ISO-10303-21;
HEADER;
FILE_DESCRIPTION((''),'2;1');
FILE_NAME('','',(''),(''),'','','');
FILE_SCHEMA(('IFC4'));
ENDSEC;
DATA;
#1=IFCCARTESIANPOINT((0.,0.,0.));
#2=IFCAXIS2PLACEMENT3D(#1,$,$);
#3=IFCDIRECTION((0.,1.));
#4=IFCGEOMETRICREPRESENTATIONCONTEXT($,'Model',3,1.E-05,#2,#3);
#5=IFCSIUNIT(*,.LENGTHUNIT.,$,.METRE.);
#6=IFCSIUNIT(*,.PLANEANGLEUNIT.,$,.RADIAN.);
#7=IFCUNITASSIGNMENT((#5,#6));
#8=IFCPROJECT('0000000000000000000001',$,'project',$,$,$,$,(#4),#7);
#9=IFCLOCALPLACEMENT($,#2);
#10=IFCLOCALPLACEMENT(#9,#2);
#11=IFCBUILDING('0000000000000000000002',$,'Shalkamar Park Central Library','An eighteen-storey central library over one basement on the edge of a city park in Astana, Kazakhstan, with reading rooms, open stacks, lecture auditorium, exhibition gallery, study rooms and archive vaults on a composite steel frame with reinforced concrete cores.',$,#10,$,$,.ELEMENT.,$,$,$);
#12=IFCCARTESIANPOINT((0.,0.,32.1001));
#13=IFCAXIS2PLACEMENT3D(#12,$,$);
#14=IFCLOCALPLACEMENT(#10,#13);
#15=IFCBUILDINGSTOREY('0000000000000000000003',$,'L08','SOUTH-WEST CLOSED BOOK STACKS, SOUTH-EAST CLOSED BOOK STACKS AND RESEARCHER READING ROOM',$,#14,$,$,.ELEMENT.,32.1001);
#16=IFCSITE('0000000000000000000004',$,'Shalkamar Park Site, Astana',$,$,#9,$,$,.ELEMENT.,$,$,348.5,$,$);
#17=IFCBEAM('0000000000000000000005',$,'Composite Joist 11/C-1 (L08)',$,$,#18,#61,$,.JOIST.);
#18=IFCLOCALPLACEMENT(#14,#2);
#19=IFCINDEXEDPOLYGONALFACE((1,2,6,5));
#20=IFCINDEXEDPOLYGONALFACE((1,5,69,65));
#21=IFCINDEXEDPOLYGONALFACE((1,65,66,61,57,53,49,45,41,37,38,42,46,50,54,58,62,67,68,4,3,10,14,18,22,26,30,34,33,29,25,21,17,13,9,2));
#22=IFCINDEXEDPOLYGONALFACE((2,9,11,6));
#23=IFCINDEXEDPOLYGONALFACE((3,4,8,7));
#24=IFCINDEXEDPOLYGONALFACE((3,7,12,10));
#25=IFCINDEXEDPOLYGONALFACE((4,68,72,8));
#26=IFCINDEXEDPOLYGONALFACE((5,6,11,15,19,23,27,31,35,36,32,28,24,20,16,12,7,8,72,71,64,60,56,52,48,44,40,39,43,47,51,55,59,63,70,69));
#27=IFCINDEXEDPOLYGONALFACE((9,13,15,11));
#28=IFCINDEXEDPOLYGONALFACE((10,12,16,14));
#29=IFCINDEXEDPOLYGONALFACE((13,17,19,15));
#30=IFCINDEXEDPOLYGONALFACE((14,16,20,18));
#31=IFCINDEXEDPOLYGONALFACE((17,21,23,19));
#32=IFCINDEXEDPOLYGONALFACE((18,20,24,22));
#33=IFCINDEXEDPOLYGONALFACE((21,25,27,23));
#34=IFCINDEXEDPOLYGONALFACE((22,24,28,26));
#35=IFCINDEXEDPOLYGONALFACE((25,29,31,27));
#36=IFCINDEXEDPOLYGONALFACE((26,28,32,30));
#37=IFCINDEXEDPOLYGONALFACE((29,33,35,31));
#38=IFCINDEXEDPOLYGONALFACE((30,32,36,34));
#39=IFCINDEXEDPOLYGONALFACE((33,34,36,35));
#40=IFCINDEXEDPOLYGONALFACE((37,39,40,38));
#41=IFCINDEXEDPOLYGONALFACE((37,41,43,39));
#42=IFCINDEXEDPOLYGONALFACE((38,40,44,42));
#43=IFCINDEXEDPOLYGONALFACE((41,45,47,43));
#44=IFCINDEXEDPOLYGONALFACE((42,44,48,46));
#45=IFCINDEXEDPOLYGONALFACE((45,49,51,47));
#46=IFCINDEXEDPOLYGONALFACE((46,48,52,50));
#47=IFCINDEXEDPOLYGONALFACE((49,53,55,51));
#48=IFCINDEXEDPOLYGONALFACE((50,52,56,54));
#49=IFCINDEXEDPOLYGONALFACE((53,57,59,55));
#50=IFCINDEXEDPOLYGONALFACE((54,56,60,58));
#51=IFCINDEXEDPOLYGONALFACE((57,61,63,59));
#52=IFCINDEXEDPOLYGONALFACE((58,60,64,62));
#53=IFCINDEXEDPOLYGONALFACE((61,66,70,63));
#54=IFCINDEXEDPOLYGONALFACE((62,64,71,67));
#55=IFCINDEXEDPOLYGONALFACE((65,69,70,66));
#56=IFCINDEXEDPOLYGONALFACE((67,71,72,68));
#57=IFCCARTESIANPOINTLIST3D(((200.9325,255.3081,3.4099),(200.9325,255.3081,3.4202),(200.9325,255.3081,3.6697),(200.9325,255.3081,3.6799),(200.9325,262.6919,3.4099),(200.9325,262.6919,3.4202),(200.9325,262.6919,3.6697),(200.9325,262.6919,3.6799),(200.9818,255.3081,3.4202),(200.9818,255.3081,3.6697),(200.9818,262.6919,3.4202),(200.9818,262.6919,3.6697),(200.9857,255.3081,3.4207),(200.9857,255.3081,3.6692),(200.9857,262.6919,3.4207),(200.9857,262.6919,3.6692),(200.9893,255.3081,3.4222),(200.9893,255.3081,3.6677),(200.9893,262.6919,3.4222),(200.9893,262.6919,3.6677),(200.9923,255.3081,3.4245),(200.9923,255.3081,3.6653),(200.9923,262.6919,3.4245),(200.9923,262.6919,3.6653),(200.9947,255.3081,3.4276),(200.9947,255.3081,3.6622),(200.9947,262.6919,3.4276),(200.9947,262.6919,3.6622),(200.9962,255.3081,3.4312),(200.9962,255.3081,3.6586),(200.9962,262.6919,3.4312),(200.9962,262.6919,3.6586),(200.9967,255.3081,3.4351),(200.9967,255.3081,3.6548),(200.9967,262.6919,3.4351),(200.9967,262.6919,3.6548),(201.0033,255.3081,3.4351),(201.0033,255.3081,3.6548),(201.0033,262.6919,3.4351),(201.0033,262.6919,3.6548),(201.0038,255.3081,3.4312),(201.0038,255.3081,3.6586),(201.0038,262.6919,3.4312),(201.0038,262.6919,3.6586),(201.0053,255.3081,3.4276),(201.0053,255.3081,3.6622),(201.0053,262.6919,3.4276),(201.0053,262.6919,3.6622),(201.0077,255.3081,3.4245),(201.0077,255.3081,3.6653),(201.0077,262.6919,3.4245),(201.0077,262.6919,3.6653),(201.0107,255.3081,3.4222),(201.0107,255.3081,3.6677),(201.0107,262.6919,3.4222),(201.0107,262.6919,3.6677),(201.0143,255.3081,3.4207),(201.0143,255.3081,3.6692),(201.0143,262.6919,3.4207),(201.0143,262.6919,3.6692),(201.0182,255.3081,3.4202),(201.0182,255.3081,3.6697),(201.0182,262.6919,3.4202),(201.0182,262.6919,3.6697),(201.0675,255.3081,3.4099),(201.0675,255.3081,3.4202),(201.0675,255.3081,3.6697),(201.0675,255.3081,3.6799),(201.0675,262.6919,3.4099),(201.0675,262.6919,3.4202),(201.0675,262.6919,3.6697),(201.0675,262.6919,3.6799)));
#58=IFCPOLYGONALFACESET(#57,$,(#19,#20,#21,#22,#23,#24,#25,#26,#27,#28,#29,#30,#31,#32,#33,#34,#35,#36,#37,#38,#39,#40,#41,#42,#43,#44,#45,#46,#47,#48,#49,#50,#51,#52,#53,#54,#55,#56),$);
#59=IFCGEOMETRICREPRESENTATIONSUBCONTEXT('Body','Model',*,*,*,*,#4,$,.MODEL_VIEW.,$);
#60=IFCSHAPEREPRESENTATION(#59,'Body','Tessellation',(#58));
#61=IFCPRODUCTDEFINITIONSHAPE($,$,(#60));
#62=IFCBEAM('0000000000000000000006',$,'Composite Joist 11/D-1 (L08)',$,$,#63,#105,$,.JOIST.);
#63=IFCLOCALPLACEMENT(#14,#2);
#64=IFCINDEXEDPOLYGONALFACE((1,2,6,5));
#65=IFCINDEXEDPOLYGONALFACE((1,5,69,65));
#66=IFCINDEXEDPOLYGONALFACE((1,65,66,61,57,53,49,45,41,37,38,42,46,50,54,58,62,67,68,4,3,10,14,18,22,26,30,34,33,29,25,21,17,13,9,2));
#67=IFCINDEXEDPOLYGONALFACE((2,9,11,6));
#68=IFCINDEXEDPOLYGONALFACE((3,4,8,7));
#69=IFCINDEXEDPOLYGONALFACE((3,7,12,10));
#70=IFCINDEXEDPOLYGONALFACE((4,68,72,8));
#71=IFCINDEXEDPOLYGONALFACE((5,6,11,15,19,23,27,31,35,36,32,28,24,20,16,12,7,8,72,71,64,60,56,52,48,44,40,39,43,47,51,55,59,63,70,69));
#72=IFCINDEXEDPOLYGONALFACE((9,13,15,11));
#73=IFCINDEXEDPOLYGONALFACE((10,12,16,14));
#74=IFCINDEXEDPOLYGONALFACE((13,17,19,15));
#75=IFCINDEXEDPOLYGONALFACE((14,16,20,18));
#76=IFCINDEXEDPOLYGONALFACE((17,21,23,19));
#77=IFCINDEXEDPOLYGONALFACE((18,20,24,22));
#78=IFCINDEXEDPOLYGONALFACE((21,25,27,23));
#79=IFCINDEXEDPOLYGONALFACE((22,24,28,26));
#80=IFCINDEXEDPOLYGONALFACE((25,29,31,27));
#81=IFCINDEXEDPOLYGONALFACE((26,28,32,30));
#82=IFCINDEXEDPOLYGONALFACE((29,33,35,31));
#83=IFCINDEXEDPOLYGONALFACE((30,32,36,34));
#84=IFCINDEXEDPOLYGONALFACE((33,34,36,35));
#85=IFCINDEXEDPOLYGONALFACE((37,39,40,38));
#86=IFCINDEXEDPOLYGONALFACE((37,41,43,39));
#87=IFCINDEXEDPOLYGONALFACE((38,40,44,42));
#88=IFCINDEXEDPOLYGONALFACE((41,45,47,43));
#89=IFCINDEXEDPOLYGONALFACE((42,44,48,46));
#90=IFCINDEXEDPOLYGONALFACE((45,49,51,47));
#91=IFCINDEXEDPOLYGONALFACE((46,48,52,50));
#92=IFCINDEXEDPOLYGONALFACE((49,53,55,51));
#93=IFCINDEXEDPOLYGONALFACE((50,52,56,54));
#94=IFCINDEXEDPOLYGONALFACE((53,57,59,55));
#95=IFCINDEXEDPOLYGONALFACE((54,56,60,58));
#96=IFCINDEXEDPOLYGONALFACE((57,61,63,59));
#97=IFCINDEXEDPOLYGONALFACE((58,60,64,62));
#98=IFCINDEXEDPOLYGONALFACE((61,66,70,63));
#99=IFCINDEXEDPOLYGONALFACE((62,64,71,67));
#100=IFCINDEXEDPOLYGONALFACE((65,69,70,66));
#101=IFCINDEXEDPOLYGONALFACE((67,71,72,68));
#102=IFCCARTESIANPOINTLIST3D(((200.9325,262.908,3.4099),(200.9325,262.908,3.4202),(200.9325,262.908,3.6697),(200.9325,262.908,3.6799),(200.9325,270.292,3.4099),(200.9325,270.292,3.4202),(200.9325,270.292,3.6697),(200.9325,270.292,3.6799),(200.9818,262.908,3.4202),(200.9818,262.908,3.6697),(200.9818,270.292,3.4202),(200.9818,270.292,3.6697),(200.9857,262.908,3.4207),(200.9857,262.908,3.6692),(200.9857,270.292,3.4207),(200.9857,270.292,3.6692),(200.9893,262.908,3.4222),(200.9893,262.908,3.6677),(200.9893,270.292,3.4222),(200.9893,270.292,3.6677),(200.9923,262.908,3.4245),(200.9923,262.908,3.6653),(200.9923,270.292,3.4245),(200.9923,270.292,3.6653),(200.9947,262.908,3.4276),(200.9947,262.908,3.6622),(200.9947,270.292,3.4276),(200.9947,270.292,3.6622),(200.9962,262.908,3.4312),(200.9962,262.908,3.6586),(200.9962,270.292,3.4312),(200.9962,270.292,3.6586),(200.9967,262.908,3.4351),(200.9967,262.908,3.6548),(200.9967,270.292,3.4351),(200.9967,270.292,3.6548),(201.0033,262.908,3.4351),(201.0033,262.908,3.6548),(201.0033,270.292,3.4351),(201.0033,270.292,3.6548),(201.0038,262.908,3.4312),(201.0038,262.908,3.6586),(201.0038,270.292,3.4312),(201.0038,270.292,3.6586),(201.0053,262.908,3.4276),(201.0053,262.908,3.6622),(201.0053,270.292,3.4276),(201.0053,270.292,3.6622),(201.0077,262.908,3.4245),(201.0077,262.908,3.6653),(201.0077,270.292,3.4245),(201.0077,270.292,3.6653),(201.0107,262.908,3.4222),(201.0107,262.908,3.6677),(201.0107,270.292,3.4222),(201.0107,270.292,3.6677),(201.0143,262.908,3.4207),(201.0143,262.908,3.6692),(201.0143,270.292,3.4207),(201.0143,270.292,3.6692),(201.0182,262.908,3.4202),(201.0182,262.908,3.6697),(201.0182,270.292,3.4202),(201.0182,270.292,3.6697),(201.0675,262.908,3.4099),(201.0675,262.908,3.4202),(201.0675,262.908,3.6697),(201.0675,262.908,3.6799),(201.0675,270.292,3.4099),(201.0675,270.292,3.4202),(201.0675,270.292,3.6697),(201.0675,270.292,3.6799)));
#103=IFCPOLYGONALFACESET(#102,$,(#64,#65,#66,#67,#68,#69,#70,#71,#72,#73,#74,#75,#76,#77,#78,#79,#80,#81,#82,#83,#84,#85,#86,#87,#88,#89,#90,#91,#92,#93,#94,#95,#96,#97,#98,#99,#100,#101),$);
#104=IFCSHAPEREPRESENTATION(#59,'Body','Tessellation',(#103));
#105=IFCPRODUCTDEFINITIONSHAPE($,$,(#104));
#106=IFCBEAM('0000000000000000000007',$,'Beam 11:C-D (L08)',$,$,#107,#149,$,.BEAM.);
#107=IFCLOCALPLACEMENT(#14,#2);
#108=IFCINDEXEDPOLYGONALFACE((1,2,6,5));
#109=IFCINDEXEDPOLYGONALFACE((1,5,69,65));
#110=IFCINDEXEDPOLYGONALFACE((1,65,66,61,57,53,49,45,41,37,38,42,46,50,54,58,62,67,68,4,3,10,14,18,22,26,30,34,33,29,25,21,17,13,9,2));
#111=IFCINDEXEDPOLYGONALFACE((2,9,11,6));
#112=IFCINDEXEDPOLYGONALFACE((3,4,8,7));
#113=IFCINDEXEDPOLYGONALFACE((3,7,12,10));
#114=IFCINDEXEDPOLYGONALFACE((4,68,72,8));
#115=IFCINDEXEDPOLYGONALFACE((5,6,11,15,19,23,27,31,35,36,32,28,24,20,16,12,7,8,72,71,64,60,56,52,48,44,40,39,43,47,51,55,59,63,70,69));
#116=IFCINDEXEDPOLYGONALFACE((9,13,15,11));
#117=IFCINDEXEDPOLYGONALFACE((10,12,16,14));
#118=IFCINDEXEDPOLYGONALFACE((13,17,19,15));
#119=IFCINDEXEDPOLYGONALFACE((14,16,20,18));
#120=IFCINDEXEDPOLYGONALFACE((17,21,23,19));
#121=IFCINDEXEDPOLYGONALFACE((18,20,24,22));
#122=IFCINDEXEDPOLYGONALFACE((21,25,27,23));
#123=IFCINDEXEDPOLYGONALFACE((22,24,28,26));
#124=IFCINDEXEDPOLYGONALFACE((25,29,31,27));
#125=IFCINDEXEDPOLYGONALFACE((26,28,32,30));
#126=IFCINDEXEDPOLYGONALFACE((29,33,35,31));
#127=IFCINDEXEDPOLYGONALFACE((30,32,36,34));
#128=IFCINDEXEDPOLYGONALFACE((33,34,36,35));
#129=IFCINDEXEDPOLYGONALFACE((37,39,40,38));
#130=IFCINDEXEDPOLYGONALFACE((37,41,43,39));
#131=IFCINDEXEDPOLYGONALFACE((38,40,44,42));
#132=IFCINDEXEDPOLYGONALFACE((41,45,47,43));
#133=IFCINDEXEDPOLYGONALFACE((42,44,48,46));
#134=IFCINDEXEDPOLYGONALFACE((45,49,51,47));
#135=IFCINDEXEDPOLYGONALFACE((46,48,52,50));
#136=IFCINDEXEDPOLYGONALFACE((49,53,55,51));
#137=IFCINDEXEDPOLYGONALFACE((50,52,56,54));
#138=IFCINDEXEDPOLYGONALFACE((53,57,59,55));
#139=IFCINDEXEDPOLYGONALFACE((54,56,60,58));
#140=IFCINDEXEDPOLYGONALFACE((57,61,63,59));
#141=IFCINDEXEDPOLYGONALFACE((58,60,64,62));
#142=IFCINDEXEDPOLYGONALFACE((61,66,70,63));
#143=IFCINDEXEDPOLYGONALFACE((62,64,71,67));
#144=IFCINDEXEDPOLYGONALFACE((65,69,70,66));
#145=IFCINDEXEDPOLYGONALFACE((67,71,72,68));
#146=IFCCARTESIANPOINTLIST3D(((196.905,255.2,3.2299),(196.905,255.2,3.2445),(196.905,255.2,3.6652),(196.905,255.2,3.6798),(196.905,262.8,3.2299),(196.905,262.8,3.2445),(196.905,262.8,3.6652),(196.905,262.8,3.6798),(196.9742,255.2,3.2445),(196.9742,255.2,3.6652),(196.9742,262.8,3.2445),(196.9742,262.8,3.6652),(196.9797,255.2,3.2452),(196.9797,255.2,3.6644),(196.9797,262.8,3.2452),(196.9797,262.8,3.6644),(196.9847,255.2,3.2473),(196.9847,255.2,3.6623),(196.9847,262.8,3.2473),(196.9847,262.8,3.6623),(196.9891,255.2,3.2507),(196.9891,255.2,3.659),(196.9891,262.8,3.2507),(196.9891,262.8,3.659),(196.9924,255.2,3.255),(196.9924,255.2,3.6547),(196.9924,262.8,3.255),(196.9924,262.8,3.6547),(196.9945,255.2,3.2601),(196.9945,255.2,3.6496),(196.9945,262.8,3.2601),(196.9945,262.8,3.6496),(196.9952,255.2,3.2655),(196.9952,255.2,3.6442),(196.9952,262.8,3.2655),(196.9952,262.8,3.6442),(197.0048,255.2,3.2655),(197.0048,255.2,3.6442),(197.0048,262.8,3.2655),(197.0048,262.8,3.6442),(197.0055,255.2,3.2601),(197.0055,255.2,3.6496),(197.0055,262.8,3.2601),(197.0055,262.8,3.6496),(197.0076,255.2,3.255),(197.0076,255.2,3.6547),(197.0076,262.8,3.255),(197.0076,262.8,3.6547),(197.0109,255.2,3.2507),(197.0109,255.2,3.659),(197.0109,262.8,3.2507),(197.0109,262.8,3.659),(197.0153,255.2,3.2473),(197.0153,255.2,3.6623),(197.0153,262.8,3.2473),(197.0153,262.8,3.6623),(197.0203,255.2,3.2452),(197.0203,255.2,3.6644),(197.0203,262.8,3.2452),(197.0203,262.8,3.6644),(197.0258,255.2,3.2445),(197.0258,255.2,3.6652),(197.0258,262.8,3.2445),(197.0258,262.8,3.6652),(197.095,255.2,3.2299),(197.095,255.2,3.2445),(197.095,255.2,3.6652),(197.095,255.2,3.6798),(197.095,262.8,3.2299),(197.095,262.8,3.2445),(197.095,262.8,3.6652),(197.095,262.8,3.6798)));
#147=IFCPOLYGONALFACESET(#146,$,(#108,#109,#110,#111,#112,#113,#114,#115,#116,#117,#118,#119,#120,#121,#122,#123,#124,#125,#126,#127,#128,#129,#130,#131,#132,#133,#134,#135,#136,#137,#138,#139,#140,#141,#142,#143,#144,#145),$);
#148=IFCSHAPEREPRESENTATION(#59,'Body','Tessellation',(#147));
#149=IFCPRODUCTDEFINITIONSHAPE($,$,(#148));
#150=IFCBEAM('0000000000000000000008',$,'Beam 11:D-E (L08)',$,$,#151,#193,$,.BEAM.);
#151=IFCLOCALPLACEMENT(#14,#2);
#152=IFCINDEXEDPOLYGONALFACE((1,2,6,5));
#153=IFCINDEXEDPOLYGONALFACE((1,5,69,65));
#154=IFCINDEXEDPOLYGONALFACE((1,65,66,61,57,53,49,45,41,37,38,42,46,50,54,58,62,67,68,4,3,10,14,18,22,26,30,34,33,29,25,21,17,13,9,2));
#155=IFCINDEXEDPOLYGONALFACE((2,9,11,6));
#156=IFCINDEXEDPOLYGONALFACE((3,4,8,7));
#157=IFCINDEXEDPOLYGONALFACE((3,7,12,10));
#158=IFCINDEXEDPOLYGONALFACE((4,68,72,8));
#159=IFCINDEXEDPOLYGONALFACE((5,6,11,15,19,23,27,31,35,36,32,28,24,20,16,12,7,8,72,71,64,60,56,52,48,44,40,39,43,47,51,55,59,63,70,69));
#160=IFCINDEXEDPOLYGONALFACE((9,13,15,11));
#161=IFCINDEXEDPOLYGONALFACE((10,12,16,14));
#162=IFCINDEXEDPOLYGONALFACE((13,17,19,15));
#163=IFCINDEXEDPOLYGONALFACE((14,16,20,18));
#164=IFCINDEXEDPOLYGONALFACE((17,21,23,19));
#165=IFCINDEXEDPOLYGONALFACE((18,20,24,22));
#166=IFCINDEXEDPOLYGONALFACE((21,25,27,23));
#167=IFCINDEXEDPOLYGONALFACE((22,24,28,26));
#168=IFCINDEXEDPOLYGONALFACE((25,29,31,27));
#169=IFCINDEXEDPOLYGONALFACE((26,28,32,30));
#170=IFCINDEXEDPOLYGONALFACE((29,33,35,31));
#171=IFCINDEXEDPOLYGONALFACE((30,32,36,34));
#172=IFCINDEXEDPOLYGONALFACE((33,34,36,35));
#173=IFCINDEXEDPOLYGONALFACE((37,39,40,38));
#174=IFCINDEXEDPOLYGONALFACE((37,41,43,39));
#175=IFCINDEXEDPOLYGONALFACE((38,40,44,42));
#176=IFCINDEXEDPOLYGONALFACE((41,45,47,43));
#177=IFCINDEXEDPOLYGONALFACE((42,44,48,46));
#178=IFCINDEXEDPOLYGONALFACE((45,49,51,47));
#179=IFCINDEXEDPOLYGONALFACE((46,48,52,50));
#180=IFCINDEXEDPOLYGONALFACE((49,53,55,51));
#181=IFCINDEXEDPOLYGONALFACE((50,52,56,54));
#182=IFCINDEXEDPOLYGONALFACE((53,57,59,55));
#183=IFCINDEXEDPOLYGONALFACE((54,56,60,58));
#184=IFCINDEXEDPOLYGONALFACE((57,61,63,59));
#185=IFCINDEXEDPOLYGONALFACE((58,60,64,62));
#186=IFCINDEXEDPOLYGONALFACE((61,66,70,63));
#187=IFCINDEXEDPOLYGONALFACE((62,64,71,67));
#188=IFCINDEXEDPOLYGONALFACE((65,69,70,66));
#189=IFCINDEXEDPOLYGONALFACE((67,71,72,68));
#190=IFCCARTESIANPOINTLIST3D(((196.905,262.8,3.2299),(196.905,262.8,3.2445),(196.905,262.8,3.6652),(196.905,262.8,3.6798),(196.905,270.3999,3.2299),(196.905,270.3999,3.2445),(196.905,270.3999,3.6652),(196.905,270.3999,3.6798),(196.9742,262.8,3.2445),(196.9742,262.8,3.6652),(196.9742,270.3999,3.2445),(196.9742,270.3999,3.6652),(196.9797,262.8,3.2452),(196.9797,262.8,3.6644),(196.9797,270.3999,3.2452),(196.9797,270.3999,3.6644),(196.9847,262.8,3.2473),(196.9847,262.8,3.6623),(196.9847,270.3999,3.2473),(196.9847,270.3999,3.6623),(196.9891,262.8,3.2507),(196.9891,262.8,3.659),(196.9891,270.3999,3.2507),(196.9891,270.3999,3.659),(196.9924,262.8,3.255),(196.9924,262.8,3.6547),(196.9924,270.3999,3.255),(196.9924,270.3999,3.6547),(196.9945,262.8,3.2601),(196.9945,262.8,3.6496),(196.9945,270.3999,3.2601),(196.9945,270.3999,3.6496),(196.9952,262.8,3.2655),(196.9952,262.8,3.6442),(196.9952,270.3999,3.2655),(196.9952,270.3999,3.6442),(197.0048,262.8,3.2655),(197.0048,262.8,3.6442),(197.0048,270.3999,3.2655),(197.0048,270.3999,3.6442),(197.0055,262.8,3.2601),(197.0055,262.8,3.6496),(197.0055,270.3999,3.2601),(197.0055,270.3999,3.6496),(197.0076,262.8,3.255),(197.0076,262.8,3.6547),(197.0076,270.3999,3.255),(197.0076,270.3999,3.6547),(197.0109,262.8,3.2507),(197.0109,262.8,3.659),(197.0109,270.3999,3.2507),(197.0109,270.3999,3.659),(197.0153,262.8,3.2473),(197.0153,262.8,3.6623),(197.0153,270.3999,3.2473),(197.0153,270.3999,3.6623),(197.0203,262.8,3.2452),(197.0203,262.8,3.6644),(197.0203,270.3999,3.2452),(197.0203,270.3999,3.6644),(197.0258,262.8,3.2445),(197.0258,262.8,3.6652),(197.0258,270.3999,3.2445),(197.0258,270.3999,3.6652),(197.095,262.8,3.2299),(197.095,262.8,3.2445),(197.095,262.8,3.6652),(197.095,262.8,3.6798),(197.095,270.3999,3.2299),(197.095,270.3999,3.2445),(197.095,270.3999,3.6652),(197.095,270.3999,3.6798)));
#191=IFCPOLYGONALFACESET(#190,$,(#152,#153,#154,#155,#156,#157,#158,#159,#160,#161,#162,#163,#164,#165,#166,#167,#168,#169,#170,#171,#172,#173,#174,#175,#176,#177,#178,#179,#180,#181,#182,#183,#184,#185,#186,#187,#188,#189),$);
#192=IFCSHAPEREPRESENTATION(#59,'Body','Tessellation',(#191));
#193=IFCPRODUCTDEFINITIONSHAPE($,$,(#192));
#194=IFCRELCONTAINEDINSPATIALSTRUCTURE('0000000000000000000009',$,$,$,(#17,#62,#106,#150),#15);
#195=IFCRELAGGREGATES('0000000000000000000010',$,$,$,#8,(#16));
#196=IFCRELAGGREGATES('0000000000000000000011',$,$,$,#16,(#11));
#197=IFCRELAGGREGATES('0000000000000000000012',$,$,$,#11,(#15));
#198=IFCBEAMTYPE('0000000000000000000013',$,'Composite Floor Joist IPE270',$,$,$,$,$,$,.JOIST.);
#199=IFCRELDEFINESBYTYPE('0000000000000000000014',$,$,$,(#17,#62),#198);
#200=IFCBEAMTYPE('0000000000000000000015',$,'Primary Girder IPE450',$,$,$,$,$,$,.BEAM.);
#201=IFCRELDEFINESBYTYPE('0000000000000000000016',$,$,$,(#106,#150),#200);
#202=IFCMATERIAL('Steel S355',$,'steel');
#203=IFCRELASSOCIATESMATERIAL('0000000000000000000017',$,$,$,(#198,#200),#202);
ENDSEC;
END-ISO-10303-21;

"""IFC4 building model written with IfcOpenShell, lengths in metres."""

from ifc_helpers import new_model, si_unit, direction, frame, origin, origin_2d, place, context, subcontext, project, spatial, i_section, extrude, material, material_profile, profile_set, type_object, element, save


model = new_model("IFC4")

# Units and contexts
model_context = context("Model", 3, precision=1e-05, world=origin(), true_north=direction((0.0, 1.0)))
body_context = subcontext(model_context, "Body", "Model", "MODEL_VIEW")
ifc_project = project(units=[si_unit("LENGTHUNIT", "METRE"), si_unit("PLANEANGLEUNIT", "RADIAN")], contexts=[model_context])

# Site, building, storey
site_placement = place(None, origin())
site = spatial("IfcSite", under=ifc_project, at=site_placement, Name="Shalkamar Park Site, Astana", CompositionType="ELEMENT", RefElevation=348.5)
building_placement = place(site_placement, origin())
building = spatial("IfcBuilding", under=site, at=building_placement, Name="Shalkamar Park Central Library", Description="An eighteen-storey central library over one basement on the edge of a city park in Astana, Kazakhstan, with reading rooms, open stacks, lecture auditorium, exhibition gallery, study rooms and archive vaults on a composite steel frame with reinforced concrete cores.", CompositionType="ELEMENT")
storey_placement = place(building_placement, frame((0.0, 0.0, 32.1001)))
storey = spatial("IfcBuildingStorey", under=building, at=storey_placement, Name="L08", Description="SOUTH-WEST CLOSED BOOK STACKS, SOUTH-EAST CLOSED BOOK STACKS AND RESEARCHER READING ROOM", CompositionType="ELEMENT", Elevation=32.1001)

# Shared definitions
ifc_material_1 = material(Name="Steel S355", Category="steel")

# Beams
ifc_material_profile_1 = material_profile(ifc_material_1, i_section(OverallWidth=0.135, OverallDepth=0.27, WebThickness=0.0066, FlangeThickness=0.0103, FilletRadius=0.0149, at=origin_2d()), Name="IPE 270")
ifc_profile_set_1 = profile_set([ifc_material_profile_1], Name="Steel S355")
beam_type_1 = type_object("IfcBeamType", Name="Composite Floor Joist IPE270", PredefinedType="JOIST", material=ifc_profile_set_1)
beam_1_placement = place(storey_placement, frame((201.0, 255.3081, 3.5449), z_axis=(0.0, 1.0, 0.0), x_axis=(-1.0, 0.0, 0.0)))
element("IfcBeam", 1, at=beam_1_placement, inside=storey, type_object=beam_type_1, Name="Composite Joist 11/C-1 (L08)", PredefinedType="JOIST", context=body_context, shape_type="SweptSolid", body=[
    extrude(i_section(OverallWidth=0.135, OverallDepth=0.27, WebThickness=0.0066, FlangeThickness=0.0103, FilletRadius=0.0149, at=origin_2d()), origin(), (0.0, 0.0, 1.0), 7.3838),
])
beam_2_placement = place(storey_placement, frame((201.0, 262.908, 3.5449), z_axis=(0.0, 1.0, 0.0), x_axis=(-1.0, 0.0, 0.0)))
element("IfcBeam", 2, at=beam_2_placement, inside=storey, type_object=beam_type_1, Name="Composite Joist 11/D-1 (L08)", PredefinedType="JOIST", context=body_context, shape_type="SweptSolid", body=[
    extrude(i_section(OverallWidth=0.135, OverallDepth=0.27, WebThickness=0.0066, FlangeThickness=0.0103, FilletRadius=0.0149, at=origin_2d()), origin(), (0.0, 0.0, 1.0), 7.384),
])
ifc_material_profile_2 = material_profile(ifc_material_1, i_section(OverallWidth=0.1899, OverallDepth=0.45, WebThickness=0.0095, FlangeThickness=0.0146, FilletRadius=0.021, at=origin_2d()), Name="IPE 450")
ifc_profile_set_2 = profile_set([ifc_material_profile_2], Name="Steel S355")
beam_type_2 = type_object("IfcBeamType", Name="Primary Girder IPE450", PredefinedType="BEAM", material=ifc_profile_set_2)
beam_3_placement = place(storey_placement, frame((197.0, 255.2, 3.4548), z_axis=(0.0, 1.0, 0.0), x_axis=(-1.0, 0.0, 0.0)))
element("IfcBeam", 3, at=beam_3_placement, inside=storey, type_object=beam_type_2, Name="Beam 11:C-D (L08)", PredefinedType="BEAM", context=body_context, shape_type="SweptSolid", body=[
    extrude(i_section(OverallWidth=0.1899, OverallDepth=0.45, WebThickness=0.0095, FlangeThickness=0.0146, FilletRadius=0.021, at=origin_2d()), origin(), (0.0, 0.0, 1.0), 7.6001),
])
beam_4_placement = place(storey_placement, frame((197.0, 262.8, 3.4548), z_axis=(0.0, 1.0, 0.0), x_axis=(-1.0, 0.0, 0.0)))
element("IfcBeam", 4, at=beam_4_placement, inside=storey, type_object=beam_type_2, Name="Beam 11:D-E (L08)", PredefinedType="BEAM", context=body_context, shape_type="SweptSolid", body=[
    extrude(i_section(OverallWidth=0.1899, OverallDepth=0.45, WebThickness=0.0095, FlangeThickness=0.0146, FilletRadius=0.021, at=origin_2d()), origin(), (0.0, 0.0, 1.0), 7.5999),
])

save(model, "model.ifc")
